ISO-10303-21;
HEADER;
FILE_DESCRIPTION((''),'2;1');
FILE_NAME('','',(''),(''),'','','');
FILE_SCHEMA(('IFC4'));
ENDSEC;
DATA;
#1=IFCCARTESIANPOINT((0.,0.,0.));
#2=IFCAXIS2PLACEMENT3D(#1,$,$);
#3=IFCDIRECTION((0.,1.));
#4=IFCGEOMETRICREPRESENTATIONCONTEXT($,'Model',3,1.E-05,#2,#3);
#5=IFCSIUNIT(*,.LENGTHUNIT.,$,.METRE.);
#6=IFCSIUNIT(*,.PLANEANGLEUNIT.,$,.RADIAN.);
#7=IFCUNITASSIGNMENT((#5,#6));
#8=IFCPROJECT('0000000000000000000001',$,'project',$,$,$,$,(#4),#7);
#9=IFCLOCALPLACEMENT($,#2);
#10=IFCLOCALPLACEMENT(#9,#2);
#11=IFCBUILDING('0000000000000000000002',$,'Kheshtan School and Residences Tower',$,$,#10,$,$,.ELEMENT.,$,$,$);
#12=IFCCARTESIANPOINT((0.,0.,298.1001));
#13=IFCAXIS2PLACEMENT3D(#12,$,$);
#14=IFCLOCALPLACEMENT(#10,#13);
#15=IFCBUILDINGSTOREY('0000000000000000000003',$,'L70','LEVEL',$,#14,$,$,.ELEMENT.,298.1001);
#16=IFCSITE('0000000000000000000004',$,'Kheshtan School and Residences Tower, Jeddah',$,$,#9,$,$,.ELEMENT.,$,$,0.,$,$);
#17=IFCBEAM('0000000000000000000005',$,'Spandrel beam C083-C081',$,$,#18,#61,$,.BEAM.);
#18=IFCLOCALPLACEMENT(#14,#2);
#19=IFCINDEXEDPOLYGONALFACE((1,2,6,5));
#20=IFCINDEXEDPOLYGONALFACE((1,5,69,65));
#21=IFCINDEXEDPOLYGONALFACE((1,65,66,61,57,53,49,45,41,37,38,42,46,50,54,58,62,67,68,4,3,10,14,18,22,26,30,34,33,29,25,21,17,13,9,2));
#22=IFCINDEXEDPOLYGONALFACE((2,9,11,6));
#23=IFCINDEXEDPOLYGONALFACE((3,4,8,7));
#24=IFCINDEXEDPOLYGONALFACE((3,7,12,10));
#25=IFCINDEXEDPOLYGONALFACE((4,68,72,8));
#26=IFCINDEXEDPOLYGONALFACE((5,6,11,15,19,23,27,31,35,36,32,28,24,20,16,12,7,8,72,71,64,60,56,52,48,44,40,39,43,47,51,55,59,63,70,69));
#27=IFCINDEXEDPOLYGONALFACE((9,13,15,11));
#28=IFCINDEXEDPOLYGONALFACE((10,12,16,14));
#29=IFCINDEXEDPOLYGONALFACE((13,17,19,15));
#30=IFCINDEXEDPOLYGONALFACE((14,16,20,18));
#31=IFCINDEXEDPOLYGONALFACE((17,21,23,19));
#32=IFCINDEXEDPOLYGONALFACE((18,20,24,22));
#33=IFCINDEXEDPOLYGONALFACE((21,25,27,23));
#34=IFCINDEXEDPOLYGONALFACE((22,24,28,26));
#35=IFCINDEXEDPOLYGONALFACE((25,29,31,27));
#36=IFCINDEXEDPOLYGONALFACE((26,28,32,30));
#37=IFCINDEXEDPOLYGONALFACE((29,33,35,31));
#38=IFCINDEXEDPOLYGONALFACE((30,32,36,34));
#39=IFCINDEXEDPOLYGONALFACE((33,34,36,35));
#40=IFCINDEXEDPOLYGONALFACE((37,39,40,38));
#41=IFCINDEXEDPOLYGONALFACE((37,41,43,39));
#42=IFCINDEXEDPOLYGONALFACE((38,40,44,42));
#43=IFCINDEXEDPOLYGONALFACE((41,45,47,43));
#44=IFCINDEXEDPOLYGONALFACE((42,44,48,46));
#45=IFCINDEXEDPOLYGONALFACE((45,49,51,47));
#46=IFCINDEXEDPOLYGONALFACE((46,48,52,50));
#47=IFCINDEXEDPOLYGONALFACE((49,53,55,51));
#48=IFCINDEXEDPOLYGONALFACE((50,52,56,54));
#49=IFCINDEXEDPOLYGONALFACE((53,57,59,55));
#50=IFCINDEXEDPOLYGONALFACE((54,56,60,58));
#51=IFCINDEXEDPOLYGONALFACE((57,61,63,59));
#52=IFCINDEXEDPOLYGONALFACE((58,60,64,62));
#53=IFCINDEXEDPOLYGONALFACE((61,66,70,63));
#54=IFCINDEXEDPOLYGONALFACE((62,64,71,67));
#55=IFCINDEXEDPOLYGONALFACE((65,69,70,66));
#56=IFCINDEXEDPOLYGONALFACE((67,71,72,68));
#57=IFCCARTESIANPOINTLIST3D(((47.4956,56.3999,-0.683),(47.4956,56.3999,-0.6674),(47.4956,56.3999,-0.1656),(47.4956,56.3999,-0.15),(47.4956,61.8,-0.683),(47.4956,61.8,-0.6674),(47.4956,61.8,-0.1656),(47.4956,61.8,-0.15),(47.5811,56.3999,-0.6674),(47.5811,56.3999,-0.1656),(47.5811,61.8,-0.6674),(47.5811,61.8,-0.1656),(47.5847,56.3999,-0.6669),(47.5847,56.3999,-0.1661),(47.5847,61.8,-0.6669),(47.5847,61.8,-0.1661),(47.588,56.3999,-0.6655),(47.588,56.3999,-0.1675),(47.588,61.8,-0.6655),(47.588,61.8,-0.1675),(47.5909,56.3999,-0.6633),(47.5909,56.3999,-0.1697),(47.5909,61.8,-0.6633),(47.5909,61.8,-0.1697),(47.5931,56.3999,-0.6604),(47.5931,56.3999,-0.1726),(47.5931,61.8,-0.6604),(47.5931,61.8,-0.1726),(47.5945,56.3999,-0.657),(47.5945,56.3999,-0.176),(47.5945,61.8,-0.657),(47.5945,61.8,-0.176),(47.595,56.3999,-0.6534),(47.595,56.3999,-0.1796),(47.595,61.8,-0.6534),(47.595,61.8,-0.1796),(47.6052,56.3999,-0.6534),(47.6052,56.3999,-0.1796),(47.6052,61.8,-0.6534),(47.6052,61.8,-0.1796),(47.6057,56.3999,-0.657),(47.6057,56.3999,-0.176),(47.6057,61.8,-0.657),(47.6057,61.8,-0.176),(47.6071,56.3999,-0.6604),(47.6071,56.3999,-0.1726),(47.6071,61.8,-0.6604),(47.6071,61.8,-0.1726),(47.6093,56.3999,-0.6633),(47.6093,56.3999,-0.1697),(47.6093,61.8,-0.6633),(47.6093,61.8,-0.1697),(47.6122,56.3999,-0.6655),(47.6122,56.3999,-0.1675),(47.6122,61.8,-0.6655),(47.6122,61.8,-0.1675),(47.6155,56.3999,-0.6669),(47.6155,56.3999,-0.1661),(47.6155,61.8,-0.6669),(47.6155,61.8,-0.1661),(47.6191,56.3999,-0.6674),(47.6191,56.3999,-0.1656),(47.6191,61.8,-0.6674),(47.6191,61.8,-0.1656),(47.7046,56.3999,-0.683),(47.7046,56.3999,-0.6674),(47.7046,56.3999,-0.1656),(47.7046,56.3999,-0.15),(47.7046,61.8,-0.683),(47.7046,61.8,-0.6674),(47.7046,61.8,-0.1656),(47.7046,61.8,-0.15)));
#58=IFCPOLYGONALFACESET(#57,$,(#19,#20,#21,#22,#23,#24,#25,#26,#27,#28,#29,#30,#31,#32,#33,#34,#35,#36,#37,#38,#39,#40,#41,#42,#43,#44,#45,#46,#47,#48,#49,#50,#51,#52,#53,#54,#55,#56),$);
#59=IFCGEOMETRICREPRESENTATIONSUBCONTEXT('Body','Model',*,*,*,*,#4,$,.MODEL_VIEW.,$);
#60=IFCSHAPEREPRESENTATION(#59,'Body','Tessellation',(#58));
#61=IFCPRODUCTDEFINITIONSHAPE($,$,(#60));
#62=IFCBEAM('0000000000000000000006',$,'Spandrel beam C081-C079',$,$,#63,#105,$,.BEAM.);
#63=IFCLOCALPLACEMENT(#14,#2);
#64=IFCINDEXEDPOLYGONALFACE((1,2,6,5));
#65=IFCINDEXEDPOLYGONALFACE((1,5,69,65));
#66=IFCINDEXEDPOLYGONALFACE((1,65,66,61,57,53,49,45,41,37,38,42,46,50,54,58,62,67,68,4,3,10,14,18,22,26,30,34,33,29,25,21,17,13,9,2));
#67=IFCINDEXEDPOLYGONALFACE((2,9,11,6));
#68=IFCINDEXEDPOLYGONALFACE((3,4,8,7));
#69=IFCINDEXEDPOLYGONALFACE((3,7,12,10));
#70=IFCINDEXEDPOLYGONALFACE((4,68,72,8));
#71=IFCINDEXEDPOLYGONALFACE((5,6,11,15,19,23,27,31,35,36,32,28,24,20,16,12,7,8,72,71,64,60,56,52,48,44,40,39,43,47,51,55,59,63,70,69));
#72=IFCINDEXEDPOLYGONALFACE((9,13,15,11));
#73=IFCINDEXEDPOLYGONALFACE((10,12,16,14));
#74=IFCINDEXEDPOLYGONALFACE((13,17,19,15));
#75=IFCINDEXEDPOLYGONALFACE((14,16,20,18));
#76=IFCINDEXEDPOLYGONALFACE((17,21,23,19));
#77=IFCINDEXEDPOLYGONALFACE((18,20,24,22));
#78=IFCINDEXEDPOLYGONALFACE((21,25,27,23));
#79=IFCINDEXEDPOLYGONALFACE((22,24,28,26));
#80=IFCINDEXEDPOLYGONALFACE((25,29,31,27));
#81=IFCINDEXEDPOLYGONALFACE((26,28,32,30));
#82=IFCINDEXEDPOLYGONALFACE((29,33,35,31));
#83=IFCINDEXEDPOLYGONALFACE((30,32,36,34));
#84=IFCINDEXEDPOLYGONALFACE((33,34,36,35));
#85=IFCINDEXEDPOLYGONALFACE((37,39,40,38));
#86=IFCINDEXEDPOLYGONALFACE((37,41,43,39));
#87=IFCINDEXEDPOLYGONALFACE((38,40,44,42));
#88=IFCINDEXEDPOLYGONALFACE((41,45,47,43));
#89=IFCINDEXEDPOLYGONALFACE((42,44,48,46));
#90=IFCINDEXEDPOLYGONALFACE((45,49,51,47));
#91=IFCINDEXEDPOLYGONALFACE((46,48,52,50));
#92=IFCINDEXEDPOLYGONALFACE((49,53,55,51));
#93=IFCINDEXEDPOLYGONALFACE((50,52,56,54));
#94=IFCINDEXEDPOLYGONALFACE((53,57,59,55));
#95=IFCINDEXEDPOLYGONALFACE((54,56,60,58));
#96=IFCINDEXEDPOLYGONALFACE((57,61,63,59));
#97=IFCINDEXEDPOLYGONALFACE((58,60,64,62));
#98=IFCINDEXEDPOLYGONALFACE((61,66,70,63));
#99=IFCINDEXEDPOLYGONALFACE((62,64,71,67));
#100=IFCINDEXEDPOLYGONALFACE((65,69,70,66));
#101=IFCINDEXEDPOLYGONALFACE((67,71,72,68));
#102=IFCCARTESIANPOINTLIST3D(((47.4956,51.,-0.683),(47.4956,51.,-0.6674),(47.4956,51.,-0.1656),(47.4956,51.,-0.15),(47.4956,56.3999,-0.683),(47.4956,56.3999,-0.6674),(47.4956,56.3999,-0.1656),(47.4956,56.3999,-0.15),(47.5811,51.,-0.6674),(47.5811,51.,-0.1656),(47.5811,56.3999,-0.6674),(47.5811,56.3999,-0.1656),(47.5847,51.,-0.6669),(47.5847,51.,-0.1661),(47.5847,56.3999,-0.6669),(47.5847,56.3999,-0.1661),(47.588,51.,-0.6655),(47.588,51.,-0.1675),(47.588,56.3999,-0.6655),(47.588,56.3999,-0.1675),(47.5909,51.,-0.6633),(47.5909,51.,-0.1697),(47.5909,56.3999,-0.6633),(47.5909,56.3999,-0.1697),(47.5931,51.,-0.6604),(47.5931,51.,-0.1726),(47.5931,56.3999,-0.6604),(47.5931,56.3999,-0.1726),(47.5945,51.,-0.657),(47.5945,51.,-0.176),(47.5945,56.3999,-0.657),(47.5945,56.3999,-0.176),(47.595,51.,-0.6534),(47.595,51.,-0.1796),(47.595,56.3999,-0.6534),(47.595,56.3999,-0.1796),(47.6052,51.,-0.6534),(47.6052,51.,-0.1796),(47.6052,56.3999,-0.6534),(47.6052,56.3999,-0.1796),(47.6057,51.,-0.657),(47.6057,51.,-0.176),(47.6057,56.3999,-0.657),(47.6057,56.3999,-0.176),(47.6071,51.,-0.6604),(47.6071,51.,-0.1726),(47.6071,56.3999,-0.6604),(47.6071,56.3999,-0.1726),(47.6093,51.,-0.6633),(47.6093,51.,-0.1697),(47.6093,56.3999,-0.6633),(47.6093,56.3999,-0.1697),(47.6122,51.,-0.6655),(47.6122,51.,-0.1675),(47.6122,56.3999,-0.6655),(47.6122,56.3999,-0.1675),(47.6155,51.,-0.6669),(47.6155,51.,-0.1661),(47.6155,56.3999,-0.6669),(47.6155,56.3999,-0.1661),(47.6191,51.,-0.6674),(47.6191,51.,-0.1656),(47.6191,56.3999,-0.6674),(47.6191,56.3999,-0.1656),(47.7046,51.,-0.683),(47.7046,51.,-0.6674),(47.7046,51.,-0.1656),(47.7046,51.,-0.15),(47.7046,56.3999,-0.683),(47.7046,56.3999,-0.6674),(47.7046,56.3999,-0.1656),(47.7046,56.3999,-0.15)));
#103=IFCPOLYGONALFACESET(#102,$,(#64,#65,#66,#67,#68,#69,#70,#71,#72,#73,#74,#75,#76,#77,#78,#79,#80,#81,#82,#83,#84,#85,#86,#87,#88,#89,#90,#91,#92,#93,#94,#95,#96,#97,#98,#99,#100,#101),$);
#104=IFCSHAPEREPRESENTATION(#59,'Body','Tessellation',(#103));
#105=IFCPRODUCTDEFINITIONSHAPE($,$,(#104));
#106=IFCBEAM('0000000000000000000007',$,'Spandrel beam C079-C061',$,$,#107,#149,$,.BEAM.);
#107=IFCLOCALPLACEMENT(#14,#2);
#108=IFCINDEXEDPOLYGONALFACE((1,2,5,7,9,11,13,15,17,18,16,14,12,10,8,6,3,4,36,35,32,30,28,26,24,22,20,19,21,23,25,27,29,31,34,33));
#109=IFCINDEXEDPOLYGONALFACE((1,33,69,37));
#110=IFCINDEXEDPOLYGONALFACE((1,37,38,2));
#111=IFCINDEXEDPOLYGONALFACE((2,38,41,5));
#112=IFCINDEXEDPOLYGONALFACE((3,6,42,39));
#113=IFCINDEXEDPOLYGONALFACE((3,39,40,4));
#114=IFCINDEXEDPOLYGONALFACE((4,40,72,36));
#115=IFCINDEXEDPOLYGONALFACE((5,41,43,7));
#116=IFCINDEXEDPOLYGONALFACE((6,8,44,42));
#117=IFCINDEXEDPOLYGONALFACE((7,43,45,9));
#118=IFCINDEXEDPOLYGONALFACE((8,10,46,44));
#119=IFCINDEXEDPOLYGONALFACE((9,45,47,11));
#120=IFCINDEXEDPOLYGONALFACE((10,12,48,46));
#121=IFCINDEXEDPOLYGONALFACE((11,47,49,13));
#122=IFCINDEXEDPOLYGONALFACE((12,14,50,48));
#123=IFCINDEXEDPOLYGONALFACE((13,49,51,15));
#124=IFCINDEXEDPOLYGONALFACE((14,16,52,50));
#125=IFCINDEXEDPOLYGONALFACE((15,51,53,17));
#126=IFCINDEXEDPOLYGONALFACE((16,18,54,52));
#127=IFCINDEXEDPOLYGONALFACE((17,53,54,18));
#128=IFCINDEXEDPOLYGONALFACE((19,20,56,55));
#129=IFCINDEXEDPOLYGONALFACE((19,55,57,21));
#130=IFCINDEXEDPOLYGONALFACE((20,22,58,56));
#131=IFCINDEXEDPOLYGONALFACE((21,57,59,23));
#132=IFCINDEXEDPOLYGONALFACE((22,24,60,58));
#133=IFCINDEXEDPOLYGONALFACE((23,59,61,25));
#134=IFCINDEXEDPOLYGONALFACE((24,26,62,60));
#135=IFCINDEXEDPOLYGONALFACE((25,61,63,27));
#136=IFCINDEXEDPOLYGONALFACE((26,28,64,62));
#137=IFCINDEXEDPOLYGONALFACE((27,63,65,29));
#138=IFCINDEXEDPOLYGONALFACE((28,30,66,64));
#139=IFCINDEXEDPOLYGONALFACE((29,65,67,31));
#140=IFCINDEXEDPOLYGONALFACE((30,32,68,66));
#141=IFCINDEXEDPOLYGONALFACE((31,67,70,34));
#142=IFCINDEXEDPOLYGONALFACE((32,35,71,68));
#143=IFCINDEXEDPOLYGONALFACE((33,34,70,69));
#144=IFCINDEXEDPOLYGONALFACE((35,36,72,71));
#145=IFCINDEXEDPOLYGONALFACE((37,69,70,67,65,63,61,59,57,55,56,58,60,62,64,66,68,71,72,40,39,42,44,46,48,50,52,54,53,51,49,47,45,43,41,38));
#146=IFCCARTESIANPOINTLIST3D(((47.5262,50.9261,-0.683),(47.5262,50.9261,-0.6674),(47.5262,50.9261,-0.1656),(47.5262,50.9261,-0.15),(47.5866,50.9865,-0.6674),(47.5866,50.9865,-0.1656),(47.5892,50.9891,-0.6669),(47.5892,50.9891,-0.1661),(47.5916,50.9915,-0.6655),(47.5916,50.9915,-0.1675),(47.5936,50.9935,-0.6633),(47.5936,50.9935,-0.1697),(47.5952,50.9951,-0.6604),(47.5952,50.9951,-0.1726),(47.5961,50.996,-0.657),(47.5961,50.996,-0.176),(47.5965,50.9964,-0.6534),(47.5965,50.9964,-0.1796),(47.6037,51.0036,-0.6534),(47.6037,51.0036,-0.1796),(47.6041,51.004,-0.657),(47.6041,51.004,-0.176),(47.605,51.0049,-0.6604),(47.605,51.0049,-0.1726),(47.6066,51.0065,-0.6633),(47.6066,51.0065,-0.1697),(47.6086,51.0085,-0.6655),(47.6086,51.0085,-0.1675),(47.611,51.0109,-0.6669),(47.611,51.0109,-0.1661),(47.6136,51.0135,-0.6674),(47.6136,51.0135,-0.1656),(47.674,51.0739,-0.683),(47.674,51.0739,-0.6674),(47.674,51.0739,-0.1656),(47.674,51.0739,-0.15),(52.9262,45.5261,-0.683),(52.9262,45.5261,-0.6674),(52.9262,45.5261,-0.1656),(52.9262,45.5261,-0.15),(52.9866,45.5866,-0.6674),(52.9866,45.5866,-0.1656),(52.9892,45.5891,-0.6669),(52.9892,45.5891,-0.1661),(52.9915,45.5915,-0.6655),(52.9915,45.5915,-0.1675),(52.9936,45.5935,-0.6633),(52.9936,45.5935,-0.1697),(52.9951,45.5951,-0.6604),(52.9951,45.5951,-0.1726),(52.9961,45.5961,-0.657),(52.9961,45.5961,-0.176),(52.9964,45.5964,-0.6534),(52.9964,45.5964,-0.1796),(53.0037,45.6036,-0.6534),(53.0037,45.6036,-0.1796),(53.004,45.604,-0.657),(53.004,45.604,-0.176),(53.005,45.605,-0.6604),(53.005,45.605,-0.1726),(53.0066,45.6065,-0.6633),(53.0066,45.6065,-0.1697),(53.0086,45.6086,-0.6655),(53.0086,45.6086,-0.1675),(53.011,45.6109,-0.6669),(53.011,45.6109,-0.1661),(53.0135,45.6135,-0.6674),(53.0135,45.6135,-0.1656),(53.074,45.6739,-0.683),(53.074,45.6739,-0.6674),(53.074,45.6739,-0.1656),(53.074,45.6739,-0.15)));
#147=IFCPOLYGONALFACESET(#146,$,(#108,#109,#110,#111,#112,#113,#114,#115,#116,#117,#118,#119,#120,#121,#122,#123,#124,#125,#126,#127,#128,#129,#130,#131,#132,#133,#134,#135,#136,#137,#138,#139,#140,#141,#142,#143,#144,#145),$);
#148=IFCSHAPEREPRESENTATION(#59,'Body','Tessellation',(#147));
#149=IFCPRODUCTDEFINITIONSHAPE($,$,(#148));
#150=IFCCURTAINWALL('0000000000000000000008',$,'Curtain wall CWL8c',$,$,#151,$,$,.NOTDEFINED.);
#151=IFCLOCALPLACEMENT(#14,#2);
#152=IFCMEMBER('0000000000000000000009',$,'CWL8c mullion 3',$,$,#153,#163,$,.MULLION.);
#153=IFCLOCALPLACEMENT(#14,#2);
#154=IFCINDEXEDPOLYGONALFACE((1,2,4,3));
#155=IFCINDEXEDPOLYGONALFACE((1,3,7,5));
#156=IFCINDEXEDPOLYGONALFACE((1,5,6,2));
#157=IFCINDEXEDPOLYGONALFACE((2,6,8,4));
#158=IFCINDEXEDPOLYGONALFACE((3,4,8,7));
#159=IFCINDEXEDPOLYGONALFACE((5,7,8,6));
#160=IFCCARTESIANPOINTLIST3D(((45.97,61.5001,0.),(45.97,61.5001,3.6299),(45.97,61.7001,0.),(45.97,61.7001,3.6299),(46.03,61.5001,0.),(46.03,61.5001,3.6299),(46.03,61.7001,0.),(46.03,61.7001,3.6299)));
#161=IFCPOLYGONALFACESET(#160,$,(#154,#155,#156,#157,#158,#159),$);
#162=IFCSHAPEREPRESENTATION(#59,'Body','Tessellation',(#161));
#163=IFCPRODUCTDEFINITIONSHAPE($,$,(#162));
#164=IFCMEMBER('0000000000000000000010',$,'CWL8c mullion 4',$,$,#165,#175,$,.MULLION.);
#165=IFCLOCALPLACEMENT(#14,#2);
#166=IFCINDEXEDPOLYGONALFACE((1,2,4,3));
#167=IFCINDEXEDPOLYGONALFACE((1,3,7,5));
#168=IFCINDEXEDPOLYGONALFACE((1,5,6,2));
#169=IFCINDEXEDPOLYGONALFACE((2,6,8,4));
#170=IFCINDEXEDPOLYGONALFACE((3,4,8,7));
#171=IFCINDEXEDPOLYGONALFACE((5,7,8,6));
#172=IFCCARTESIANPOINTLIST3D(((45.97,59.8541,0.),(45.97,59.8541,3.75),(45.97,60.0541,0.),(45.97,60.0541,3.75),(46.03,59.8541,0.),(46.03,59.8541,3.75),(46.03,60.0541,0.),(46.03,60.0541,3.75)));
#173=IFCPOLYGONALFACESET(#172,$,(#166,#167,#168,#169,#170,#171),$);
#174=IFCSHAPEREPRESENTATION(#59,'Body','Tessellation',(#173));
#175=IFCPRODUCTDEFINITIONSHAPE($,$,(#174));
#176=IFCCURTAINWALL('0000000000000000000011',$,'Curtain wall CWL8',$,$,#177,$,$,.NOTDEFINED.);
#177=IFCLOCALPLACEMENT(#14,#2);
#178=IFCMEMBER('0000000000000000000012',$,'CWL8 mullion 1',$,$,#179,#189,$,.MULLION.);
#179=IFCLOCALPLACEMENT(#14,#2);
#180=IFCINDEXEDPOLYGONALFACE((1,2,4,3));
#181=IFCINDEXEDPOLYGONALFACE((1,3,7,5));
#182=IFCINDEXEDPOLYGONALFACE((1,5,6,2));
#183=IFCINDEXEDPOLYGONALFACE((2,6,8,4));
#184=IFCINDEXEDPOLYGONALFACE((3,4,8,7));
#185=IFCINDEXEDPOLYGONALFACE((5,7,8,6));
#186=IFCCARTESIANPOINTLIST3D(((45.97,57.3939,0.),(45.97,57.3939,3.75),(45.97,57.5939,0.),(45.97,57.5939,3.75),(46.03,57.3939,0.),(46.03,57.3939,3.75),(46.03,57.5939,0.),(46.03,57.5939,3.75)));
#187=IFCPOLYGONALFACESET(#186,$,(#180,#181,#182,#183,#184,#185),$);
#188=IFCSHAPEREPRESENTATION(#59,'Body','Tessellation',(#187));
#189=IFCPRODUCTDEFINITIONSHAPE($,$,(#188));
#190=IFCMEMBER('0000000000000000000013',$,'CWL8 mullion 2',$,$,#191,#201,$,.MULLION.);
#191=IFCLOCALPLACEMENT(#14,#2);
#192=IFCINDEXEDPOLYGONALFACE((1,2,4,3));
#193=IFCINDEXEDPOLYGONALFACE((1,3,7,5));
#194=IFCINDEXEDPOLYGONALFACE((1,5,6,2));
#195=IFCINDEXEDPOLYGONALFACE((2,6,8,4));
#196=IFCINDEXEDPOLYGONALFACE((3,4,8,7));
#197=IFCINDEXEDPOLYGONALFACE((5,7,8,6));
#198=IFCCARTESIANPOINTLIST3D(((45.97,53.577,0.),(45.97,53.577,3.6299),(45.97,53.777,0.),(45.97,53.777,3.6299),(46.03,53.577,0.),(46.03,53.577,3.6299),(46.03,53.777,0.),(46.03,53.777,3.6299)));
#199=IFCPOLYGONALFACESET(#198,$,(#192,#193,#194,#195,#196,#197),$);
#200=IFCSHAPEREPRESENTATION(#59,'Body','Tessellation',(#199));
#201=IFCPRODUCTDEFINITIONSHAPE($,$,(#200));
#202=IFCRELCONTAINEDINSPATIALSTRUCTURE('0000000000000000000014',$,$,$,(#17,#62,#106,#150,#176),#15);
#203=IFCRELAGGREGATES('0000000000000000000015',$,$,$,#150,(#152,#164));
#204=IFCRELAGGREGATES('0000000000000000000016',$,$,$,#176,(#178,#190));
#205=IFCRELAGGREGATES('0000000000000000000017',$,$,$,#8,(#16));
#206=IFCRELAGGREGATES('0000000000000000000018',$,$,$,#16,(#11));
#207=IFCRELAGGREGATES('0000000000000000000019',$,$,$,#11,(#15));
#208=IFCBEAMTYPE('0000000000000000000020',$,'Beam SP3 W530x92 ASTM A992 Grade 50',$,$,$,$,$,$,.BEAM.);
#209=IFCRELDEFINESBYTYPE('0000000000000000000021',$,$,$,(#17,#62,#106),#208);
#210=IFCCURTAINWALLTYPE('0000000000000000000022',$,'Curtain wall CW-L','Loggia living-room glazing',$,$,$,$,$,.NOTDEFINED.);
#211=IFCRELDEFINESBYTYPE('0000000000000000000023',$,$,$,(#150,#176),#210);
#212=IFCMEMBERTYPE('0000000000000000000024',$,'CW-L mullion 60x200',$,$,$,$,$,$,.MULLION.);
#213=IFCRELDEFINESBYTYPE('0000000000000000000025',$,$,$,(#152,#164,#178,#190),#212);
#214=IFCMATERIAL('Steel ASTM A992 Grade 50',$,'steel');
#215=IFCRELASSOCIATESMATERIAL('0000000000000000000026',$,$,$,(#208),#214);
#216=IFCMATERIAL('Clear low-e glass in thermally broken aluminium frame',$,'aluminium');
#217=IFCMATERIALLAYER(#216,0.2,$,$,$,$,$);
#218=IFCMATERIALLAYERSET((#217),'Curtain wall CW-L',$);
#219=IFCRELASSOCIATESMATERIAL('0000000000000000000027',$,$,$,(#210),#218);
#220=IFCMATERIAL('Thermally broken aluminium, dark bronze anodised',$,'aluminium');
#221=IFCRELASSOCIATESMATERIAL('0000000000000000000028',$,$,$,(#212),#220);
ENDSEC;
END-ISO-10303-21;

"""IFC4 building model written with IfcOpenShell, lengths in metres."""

from ifc_helpers import new_model, si_unit, direction, frame, origin, origin_2d, place, context, subcontext, project, spatial, rectangle, i_section, extrude, material, layer, layer_set, material_profile, profile_set, type_object, element, aggregate, save


model = new_model("IFC4")

# Units and contexts
model_context = context("Model", 3, precision=1e-05, world=origin(), true_north=direction((0.0, 1.0)))
body_context = subcontext(model_context, "Body", "Model", "MODEL_VIEW")
ifc_project = project(units=[si_unit("LENGTHUNIT", "METRE"), si_unit("PLANEANGLEUNIT", "RADIAN")], contexts=[model_context])

# Site, building, storey
site_placement = place(None, origin())
site = spatial("IfcSite", under=ifc_project, at=site_placement, Name="Kheshtan School and Residences Tower, Jeddah", CompositionType="ELEMENT", RefElevation=0.0)
building_placement = place(site_placement, origin())
building = spatial("IfcBuilding", under=site, at=building_placement, Name="Kheshtan School and Residences Tower", CompositionType="ELEMENT")
storey_placement = place(building_placement, frame((0.0, 0.0, 298.1001)))
storey = spatial("IfcBuildingStorey", under=building, at=storey_placement, Name="L70", Description="LEVEL", CompositionType="ELEMENT", Elevation=298.1001)

# Shared definitions
ifc_material_1 = material(Name="Steel ASTM A992 Grade 50", Category="steel")

# Beams
ifc_material_profile_1 = material_profile(ifc_material_1, i_section(OverallWidth=0.209, OverallDepth=0.533, WebThickness=0.0103, FlangeThickness=0.0156, FilletRadius=0.0139, at=origin_2d()), Name="W530x92")
ifc_profile_set_1 = profile_set([ifc_material_profile_1], Name="Steel ASTM A992 Grade 50")
beam_type_1 = type_object("IfcBeamType", Name="Beam SP3 W530x92 ASTM A992 Grade 50", PredefinedType="BEAM", material=ifc_profile_set_1)
beam_1_placement = place(storey_placement, frame((47.6001, 61.8, -0.4165), z_axis=(0.0, -1.0, 0.0), x_axis=(1.0, 0.0, 0.0)))
element("IfcBeam", 1, at=beam_1_placement, inside=storey, type_object=beam_type_1, Name="Spandrel beam C083-C081", PredefinedType="BEAM", context=body_context, shape_type="SweptSolid", body=[
    extrude(i_section(OverallWidth=0.209, OverallDepth=0.533, WebThickness=0.0103, FlangeThickness=0.0156, FilletRadius=0.0139, at=origin_2d()), origin(), (0.0, 0.0, 1.0), 5.4001),
])
beam_2_placement = place(storey_placement, frame((47.6001, 56.3999, -0.4165), z_axis=(0.0, -1.0, 0.0), x_axis=(1.0, 0.0, 0.0)))
element("IfcBeam", 2, at=beam_2_placement, inside=storey, type_object=beam_type_1, Name="Spandrel beam C081-C079", PredefinedType="BEAM", context=body_context, shape_type="SweptSolid", body=[
    extrude(i_section(OverallWidth=0.209, OverallDepth=0.533, WebThickness=0.0103, FlangeThickness=0.0156, FilletRadius=0.0139, at=origin_2d()), origin(), (0.0, 0.0, 1.0), 5.3999),
])
beam_3_placement = place(storey_placement, frame((47.6001, 51.0, -0.4165), z_axis=(0.707107, -0.707107, 0.0), x_axis=(0.707107, 0.707107, 0.0)))
element("IfcBeam", 3, at=beam_3_placement, inside=storey, type_object=beam_type_1, Name="Spandrel beam C079-C061", PredefinedType="BEAM", context=body_context, shape_type="SweptSolid", body=[
    extrude(i_section(OverallWidth=0.209, OverallDepth=0.533, WebThickness=0.0103, FlangeThickness=0.0156, FilletRadius=0.0139, at=origin_2d()), origin(), (0.0, 0.0, 1.0), 7.6367),
])

# Curtain walls, members
ifc_material_2 = material(Name="Clear low-e glass in thermally broken aluminium frame", Category="aluminium")
ifc_layer_1 = layer(ifc_material_2, 0.2)
ifc_layer_set_1 = layer_set([ifc_layer_1], Name="Curtain wall CW-L")
curtain_wall_type = type_object("IfcCurtainWallType", Name="Curtain wall CW-L", Description="Loggia living-room glazing", PredefinedType="NOTDEFINED", material=ifc_layer_set_1)
curtain_wall_1_placement = place(storey_placement, origin())
curtain_wall_1 = element("IfcCurtainWall", 4, at=curtain_wall_1_placement, inside=storey, type_object=curtain_wall_type, Name="Curtain wall CWL8c", PredefinedType="NOTDEFINED")
ifc_material_3 = material(Name="Thermally broken aluminium, dark bronze anodised", Category="aluminium")
ifc_material_profile_2 = material_profile(ifc_material_3, rectangle(XDim=0.0601, YDim=0.2, at=origin_2d()), Name="CW-L mullion 60x200")
ifc_profile_set_2 = profile_set([ifc_material_profile_2], Name="Thermally broken aluminium, dark bronze anodised")
member_type_1 = type_object("IfcMemberType", Name="CW-L mullion 60x200", PredefinedType="MULLION", material=ifc_profile_set_2)
member_1_placement = place(storey_placement, frame((46.0, 61.6001, 0.0), z_axis=(0.0, 0.0, 1.0), x_axis=(1.0, 0.0, 0.0)))
member_1 = element("IfcMember", 5, at=member_1_placement, type_object=member_type_1, Name="CWL8c mullion 3", PredefinedType="MULLION", context=body_context, shape_type="SweptSolid", body=[
    extrude(rectangle(XDim=0.0601, YDim=0.2, at=origin_2d()), origin(), (0.0, 0.0, 1.0), 3.6299),
])
member_2_placement = place(storey_placement, frame((46.0, 59.9541, 0.0), z_axis=(0.0, 0.0, 1.0), x_axis=(1.0, 0.0, 0.0)))
member_2 = element("IfcMember", 6, at=member_2_placement, type_object=member_type_1, Name="CWL8c mullion 4", PredefinedType="MULLION", context=body_context, shape_type="SweptSolid", body=[
    extrude(rectangle(XDim=0.0601, YDim=0.2, at=origin_2d()), origin(), (0.0, 0.0, 1.0), 3.75),
])
curtain_wall_2_placement = place(storey_placement, origin())
curtain_wall_2 = element("IfcCurtainWall", 7, at=curtain_wall_2_placement, inside=storey, type_object=curtain_wall_type, Name="Curtain wall CWL8", PredefinedType="NOTDEFINED")
member_3_placement = place(storey_placement, frame((46.0, 57.4939, 0.0), z_axis=(0.0, 0.0, 1.0), x_axis=(1.0, 0.0, 0.0)))
member_3 = element("IfcMember", 8, at=member_3_placement, type_object=member_type_1, Name="CWL8 mullion 1", PredefinedType="MULLION", context=body_context, shape_type="SweptSolid", body=[
    extrude(rectangle(XDim=0.0601, YDim=0.2, at=origin_2d()), origin(), (0.0, 0.0, 1.0), 3.75),
])
member_4_placement = place(storey_placement, frame((46.0, 53.677, 0.0), z_axis=(0.0, 0.0, 1.0), x_axis=(1.0, 0.0, 0.0)))
member_4 = element("IfcMember", 9, at=member_4_placement, type_object=member_type_1, Name="CWL8 mullion 2", PredefinedType="MULLION", context=body_context, shape_type="SweptSolid", body=[
    extrude(rectangle(XDim=0.0601, YDim=0.2, at=origin_2d()), origin(), (0.0, 0.0, 1.0), 3.6299),
])

aggregate(curtain_wall_1, [member_1, member_2])
aggregate(curtain_wall_2, [member_3, member_4])

save(model, "model.ifc")
